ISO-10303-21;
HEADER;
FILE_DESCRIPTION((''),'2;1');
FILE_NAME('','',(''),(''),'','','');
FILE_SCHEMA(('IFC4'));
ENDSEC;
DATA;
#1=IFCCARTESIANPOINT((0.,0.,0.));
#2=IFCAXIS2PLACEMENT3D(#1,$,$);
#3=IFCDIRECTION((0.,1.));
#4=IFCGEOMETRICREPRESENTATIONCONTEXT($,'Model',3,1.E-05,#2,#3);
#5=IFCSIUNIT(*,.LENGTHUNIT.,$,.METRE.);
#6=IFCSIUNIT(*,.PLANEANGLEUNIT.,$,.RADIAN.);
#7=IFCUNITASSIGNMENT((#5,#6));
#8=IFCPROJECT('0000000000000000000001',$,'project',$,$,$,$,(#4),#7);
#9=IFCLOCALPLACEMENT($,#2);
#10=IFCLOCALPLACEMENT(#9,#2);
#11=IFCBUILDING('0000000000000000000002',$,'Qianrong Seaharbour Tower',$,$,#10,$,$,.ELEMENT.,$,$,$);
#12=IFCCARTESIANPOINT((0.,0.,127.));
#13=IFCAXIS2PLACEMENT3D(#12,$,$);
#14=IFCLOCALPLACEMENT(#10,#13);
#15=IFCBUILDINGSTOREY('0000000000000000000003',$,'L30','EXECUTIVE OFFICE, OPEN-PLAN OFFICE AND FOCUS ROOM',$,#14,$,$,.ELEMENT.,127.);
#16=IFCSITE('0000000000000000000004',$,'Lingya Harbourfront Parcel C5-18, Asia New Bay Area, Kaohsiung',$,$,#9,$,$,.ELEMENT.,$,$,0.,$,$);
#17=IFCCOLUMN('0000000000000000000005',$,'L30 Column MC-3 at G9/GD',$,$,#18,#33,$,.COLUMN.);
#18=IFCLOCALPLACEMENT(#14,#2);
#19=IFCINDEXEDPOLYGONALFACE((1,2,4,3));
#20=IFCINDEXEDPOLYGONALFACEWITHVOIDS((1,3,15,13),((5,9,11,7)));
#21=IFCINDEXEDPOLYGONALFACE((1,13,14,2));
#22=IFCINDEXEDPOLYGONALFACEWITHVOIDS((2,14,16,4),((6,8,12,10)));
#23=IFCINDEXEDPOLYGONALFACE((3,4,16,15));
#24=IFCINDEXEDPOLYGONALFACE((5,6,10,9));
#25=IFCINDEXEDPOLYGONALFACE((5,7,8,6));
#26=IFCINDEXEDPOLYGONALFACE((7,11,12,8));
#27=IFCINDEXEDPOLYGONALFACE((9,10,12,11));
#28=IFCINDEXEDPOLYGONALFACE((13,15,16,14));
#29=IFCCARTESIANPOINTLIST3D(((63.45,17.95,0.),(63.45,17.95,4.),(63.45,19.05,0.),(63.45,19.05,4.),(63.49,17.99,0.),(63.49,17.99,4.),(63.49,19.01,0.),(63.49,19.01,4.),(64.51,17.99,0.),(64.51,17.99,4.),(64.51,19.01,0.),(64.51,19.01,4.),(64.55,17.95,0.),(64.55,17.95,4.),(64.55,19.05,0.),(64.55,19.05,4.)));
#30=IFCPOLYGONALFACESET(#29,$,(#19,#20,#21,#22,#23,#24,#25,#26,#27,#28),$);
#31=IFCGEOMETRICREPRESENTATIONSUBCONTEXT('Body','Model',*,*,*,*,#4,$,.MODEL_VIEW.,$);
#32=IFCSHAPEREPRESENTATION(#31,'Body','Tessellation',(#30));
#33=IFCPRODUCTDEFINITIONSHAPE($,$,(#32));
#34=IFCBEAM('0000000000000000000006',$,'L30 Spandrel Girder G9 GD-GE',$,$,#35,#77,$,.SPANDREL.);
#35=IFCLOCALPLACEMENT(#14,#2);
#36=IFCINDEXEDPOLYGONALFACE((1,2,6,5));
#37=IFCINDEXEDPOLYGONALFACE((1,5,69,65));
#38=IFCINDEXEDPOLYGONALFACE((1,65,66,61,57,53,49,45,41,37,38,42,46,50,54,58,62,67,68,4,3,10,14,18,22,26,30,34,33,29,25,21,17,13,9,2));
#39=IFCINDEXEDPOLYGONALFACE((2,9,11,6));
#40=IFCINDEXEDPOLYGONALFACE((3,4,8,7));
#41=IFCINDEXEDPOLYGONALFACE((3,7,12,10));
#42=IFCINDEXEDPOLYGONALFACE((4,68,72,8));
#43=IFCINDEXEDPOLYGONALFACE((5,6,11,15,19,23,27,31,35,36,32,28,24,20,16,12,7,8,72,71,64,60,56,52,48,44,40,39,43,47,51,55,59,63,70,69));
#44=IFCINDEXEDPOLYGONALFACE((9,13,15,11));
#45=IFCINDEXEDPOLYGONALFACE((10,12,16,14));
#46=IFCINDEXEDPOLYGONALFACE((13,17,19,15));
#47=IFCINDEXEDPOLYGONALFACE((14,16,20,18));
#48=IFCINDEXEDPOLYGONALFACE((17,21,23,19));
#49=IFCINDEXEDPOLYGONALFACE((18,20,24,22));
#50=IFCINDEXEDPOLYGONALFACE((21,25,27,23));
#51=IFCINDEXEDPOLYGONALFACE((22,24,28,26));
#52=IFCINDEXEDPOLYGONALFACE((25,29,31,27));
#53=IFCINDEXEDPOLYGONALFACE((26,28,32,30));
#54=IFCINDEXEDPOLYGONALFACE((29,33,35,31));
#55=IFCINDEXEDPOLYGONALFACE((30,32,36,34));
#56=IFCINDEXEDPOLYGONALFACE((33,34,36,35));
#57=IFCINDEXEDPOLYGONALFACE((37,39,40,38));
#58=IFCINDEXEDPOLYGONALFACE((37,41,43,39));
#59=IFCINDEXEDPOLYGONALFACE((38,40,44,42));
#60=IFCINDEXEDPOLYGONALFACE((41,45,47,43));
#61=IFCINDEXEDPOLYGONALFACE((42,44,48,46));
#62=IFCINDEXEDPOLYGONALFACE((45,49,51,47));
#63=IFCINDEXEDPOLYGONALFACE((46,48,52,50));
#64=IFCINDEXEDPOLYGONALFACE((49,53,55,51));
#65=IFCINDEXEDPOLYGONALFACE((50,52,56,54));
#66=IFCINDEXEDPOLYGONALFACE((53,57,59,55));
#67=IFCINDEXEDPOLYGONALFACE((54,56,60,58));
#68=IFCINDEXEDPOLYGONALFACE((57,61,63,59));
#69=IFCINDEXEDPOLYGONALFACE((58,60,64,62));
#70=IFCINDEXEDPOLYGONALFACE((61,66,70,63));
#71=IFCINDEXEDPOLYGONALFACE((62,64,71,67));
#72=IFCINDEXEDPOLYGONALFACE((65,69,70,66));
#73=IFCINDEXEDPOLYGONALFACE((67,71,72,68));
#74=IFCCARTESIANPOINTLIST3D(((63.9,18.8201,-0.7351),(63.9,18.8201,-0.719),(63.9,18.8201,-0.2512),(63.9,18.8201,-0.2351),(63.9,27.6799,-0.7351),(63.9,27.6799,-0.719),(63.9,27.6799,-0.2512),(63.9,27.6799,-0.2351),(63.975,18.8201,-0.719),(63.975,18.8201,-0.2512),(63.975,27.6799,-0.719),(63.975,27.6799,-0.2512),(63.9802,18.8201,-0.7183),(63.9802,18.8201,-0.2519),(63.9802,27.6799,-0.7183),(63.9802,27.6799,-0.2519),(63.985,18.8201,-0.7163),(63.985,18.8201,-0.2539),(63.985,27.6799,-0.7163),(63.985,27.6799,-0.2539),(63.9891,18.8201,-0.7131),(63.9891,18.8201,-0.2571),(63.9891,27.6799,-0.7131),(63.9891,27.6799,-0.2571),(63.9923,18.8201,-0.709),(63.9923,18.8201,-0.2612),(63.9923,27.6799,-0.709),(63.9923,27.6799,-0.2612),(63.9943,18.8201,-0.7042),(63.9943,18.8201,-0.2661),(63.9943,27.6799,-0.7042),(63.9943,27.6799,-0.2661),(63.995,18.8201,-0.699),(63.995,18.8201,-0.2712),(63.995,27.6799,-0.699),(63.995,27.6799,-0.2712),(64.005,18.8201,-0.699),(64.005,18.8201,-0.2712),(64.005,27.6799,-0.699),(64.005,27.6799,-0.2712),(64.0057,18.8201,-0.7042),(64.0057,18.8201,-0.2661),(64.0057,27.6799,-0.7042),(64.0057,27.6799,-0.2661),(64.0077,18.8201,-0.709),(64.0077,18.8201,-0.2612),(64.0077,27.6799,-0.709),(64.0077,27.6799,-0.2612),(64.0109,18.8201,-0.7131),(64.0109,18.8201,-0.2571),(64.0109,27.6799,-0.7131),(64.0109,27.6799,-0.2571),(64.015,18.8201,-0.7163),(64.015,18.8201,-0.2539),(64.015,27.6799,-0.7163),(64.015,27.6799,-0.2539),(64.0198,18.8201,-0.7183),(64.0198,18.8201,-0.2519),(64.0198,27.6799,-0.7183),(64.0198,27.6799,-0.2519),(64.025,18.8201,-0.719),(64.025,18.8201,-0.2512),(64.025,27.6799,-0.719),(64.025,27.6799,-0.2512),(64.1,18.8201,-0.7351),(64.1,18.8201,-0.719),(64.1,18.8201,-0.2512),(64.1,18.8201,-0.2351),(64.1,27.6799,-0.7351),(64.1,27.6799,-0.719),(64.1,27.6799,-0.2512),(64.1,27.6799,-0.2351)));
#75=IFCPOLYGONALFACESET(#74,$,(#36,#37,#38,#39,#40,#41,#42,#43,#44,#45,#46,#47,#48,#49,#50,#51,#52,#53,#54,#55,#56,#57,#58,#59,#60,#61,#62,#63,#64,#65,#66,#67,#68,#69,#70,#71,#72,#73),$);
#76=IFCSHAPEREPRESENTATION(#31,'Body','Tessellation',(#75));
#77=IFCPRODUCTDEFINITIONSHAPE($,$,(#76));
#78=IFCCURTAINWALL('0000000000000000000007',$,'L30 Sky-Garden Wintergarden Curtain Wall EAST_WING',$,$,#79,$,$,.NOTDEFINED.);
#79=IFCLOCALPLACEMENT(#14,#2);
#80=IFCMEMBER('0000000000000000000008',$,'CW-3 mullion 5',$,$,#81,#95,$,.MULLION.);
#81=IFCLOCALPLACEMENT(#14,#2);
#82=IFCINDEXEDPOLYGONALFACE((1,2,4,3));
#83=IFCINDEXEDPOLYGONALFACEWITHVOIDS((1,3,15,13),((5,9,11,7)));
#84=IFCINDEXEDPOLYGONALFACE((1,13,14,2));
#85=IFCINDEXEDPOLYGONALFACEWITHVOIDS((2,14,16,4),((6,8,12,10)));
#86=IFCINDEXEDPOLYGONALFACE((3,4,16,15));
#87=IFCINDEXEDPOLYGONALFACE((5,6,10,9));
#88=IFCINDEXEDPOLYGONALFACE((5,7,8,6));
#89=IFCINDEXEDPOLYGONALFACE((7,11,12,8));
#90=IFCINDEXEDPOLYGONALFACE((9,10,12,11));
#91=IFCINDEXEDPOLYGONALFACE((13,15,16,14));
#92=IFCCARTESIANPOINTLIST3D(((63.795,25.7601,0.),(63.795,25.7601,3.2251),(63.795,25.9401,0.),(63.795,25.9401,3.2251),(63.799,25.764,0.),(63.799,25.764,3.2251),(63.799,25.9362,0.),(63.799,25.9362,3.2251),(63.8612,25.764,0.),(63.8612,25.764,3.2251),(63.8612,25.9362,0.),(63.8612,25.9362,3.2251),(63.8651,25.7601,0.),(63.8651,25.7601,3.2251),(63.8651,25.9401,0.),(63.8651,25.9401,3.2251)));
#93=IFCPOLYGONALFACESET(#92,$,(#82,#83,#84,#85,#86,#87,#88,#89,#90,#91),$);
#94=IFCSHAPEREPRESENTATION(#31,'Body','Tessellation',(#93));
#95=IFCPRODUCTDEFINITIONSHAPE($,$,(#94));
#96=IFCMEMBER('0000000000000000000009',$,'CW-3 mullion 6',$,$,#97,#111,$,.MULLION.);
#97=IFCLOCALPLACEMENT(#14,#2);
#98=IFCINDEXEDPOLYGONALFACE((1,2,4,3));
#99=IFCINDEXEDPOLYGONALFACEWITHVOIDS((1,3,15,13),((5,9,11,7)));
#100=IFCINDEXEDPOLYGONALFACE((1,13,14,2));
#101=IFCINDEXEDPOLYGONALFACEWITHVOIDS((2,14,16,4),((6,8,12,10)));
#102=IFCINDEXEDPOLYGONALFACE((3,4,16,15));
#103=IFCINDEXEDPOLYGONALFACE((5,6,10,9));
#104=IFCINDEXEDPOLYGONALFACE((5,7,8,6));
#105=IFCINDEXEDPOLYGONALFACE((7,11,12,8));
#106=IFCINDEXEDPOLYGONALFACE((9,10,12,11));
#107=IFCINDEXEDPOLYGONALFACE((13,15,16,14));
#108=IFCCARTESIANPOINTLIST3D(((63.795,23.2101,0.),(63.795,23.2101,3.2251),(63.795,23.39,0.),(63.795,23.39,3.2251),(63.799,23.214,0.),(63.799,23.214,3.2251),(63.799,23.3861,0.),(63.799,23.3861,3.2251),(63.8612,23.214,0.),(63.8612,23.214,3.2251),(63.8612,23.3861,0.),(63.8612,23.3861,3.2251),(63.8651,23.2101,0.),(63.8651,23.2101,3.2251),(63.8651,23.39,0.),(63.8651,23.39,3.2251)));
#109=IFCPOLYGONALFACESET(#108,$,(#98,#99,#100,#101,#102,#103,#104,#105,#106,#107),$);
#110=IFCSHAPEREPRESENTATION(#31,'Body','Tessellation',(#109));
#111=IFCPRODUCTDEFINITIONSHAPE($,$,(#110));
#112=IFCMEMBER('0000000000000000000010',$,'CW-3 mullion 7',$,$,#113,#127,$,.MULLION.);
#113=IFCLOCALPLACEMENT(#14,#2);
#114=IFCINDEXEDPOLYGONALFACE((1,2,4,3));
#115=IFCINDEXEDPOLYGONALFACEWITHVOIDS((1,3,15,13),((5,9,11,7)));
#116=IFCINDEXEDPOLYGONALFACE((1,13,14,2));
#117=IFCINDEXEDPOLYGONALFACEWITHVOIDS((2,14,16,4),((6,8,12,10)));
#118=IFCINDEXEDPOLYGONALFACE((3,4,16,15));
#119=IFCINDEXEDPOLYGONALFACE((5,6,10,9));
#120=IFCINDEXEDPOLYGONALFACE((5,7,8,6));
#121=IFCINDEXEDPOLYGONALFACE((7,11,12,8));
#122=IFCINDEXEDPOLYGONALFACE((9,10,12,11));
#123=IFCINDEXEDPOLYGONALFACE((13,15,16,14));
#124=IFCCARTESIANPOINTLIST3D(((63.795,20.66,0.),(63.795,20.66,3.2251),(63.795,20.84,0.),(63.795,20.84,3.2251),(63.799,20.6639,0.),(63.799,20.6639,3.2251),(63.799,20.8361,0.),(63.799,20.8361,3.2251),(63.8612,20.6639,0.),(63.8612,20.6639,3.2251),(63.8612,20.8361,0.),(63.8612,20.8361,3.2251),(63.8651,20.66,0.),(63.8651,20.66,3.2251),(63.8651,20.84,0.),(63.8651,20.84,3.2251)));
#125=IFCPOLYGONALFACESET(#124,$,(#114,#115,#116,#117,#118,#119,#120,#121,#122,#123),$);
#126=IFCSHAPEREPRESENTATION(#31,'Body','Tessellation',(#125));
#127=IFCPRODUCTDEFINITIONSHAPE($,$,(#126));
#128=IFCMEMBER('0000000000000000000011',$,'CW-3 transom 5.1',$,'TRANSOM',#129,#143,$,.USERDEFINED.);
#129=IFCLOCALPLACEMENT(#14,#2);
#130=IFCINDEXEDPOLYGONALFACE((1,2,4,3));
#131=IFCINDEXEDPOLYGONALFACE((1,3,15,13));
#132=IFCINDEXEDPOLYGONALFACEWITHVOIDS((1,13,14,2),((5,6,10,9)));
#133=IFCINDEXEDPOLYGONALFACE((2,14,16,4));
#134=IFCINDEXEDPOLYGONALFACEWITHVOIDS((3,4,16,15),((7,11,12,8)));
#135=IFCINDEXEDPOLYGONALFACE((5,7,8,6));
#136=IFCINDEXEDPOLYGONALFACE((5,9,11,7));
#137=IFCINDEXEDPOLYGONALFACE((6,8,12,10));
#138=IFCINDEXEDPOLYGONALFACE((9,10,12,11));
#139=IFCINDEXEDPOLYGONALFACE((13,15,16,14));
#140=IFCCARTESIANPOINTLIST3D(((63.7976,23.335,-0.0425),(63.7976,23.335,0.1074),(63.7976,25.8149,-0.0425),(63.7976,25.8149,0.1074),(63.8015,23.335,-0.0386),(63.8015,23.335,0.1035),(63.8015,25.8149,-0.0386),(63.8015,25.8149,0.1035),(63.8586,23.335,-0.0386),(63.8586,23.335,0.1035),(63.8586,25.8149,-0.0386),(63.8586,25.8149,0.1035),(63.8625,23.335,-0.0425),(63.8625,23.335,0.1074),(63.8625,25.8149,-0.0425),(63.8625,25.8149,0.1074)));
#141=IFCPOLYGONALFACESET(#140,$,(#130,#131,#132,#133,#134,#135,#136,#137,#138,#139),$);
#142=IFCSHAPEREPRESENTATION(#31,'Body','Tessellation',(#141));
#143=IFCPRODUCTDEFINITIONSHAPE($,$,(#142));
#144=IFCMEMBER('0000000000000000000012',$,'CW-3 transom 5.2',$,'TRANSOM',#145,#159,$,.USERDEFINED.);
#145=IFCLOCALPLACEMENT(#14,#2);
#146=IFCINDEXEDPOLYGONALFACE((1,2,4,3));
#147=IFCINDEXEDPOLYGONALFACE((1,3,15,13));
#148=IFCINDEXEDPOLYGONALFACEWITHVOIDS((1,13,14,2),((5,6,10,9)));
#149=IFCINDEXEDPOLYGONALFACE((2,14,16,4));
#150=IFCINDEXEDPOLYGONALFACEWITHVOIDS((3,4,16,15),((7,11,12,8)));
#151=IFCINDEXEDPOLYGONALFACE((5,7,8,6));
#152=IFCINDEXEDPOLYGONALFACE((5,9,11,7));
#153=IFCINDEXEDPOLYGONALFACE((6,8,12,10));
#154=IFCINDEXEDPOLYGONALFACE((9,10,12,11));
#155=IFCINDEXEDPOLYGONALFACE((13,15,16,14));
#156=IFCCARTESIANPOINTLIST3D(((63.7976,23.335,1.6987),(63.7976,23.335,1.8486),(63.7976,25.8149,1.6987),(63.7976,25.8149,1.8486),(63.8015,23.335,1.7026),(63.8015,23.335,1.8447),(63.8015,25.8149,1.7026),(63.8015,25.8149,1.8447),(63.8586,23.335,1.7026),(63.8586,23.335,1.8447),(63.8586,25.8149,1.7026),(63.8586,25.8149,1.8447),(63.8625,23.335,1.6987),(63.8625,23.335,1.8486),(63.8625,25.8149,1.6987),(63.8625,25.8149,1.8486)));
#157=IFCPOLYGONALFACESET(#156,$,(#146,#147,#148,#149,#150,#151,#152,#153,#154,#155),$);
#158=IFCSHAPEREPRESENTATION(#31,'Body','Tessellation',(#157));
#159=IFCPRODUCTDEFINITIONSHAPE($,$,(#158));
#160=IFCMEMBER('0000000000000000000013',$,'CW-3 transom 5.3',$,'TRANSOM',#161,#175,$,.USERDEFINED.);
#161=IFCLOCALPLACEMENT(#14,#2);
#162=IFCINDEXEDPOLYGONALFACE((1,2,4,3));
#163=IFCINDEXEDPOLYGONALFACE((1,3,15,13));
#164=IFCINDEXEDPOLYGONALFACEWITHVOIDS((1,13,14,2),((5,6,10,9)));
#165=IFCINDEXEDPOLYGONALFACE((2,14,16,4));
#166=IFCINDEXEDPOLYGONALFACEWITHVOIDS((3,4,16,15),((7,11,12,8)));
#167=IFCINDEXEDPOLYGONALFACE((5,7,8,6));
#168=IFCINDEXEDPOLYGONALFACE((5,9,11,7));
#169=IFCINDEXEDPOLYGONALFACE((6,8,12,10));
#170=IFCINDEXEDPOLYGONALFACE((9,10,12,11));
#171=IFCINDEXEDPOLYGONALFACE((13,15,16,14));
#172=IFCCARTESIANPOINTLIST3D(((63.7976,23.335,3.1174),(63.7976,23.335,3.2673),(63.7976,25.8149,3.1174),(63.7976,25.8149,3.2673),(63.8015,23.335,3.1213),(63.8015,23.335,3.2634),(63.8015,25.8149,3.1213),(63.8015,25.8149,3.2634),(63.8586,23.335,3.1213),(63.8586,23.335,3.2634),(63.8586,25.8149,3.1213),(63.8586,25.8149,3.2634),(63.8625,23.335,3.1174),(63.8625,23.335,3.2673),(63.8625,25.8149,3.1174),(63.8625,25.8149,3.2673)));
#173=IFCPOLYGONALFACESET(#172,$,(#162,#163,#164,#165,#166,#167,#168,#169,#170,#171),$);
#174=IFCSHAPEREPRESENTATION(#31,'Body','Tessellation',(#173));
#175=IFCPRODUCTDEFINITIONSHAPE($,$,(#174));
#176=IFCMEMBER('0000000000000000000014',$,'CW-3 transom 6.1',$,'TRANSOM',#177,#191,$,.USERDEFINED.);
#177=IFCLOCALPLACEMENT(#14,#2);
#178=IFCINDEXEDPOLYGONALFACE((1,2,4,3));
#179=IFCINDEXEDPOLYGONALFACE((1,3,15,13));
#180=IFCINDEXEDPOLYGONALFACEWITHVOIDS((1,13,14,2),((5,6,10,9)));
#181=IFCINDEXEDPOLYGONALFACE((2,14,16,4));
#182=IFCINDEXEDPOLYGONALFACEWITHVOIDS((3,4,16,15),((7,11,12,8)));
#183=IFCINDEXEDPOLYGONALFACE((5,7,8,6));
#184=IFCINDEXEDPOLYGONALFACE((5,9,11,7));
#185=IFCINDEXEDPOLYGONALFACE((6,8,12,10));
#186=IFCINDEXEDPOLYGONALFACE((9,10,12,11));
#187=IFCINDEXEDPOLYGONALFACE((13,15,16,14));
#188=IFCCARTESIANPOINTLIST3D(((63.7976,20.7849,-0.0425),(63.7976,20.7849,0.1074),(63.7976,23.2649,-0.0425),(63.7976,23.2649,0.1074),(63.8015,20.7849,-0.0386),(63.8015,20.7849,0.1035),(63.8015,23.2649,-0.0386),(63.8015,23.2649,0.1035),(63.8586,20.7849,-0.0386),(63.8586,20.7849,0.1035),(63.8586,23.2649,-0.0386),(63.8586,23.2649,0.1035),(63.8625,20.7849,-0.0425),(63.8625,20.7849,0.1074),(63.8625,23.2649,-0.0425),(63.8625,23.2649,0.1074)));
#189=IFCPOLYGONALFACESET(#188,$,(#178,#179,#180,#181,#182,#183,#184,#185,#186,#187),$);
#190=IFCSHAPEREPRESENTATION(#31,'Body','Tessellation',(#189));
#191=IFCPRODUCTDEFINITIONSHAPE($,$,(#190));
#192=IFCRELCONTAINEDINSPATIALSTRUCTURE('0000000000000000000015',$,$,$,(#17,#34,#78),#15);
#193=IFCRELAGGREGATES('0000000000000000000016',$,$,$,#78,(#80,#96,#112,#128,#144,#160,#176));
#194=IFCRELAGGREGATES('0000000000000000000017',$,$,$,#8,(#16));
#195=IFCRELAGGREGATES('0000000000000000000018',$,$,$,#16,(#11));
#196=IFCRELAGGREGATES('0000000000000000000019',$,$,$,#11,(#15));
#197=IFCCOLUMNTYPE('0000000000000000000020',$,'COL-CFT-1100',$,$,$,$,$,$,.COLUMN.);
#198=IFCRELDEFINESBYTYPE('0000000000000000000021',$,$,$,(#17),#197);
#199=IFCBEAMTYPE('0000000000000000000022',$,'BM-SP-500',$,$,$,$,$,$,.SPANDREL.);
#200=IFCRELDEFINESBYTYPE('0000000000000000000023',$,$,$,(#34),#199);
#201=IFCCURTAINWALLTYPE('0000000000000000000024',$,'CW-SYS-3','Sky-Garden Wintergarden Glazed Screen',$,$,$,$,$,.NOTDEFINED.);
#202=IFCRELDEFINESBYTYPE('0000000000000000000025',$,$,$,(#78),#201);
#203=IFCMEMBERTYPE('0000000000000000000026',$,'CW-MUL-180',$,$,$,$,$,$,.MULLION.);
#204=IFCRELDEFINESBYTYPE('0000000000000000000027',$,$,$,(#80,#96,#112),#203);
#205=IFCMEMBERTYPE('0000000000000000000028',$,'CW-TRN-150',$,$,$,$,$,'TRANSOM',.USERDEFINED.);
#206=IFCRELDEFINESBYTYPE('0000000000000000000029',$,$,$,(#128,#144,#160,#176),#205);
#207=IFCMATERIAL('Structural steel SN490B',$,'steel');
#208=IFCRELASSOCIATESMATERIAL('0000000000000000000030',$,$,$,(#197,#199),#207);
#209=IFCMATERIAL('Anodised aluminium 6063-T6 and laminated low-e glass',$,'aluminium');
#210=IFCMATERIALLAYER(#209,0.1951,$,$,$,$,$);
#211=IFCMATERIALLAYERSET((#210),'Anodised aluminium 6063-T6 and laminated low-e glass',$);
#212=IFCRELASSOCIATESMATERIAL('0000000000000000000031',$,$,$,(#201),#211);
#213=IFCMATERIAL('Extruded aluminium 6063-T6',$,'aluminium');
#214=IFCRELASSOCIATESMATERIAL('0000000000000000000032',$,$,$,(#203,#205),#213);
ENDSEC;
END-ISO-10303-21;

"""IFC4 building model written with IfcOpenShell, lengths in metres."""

from ifc_helpers import new_model, si_unit, direction, frame, origin, origin_2d, place, context, subcontext, project, spatial, hollow_rectangle, i_section, extrude, material, layer, layer_set, material_profile, profile_set, type_object, element, aggregate, save


model = new_model("IFC4")

# Units and contexts
model_context = context("Model", 3, precision=1e-05, world=origin(), true_north=direction((0.0, 1.0)))
body_context = subcontext(model_context, "Body", "Model", "MODEL_VIEW")
ifc_project = project(units=[si_unit("LENGTHUNIT", "METRE"), si_unit("PLANEANGLEUNIT", "RADIAN")], contexts=[model_context])

# Site, building, storey
site_placement = place(None, origin())
site = spatial("IfcSite", under=ifc_project, at=site_placement, Name="Lingya Harbourfront Parcel C5-18, Asia New Bay Area, Kaohsiung", CompositionType="ELEMENT", RefElevation=0.0)
building_placement = place(site_placement, origin())
building = spatial("IfcBuilding", under=site, at=building_placement, Name="Qianrong Seaharbour Tower", CompositionType="ELEMENT")
storey_placement = place(building_placement, frame((0.0, 0.0, 127.0)))
storey = spatial("IfcBuildingStorey", under=building, at=storey_placement, Name="L30", Description="EXECUTIVE OFFICE, OPEN-PLAN OFFICE AND FOCUS ROOM", CompositionType="ELEMENT", Elevation=127.0)

# Column
ifc_material_1 = material(Name="Structural steel SN490B", Category="steel")
ifc_material_profile_1 = material_profile(ifc_material_1, hollow_rectangle(XDim=1.1001, YDim=1.1001, WallThickness=0.04, at=origin_2d()), Name="BOX1100x1100x40")
ifc_profile_set_1 = profile_set([ifc_material_profile_1], Name="Structural steel SN490B")
column_type = type_object("IfcColumnType", Name="COL-CFT-1100", PredefinedType="COLUMN", material=ifc_profile_set_1)
column_placement = place(storey_placement, frame((64.0, 18.5, 0.0), z_axis=(0.0, 0.0, 1.0), x_axis=(1.0, 0.0, 0.0)))
element("IfcColumn", 1, at=column_placement, inside=storey, type_object=column_type, Name="L30 Column MC-3 at G9/GD", PredefinedType="COLUMN", context=body_context, shape_type="SweptSolid", body=[
    extrude(hollow_rectangle(XDim=1.1001, YDim=1.1001, WallThickness=0.04, at=origin_2d()), origin(), (0.0, 0.0, 1.0), 4.0),
])

# Beam
ifc_material_profile_2 = material_profile(ifc_material_1, i_section(OverallWidth=0.2, OverallDepth=0.5, WebThickness=0.01, FlangeThickness=0.0161, FilletRadius=0.02, at=origin_2d()), Name="H500x200x10x16")
ifc_profile_set_2 = profile_set([ifc_material_profile_2], Name="Structural steel SN490B")
beam_type = type_object("IfcBeamType", Name="BM-SP-500", PredefinedType="SPANDREL", material=ifc_profile_set_2)
beam_placement = place(storey_placement, frame((64.0, 18.8201, -0.4851), z_axis=(0.0, 1.0, 0.0), x_axis=(-1.0, 0.0, 0.0)))
element("IfcBeam", 2, at=beam_placement, inside=storey, type_object=beam_type, Name="L30 Spandrel Girder G9 GD-GE", PredefinedType="SPANDREL", context=body_context, shape_type="SweptSolid", body=[
    extrude(i_section(OverallWidth=0.2, OverallDepth=0.5, WebThickness=0.01, FlangeThickness=0.0161, FilletRadius=0.02, at=origin_2d()), origin(), (0.0, 0.0, 1.0), 8.8599),
])

# Curtain wall, members
ifc_material_2 = material(Name="Anodised aluminium 6063-T6 and laminated low-e glass", Category="aluminium")
ifc_layer_1 = layer(ifc_material_2, 0.1951)
ifc_layer_set_1 = layer_set([ifc_layer_1], Name="Anodised aluminium 6063-T6 and laminated low-e glass")
curtain_wall_type = type_object("IfcCurtainWallType", Name="CW-SYS-3", Description="Sky-Garden Wintergarden Glazed Screen", PredefinedType="NOTDEFINED", material=ifc_layer_set_1)
curtain_wall_placement = place(storey_placement, origin())
curtain_wall = element("IfcCurtainWall", 3, at=curtain_wall_placement, inside=storey, type_object=curtain_wall_type, Name="L30 Sky-Garden Wintergarden Curtain Wall EAST_WING", PredefinedType="NOTDEFINED")
ifc_material_3 = material(Name="Extruded aluminium 6063-T6", Category="aluminium")
ifc_material_profile_3 = material_profile(ifc_material_3, hollow_rectangle(XDim=0.0701, YDim=0.1799, WallThickness=0.0039, at=origin_2d()), Name="ALU-MUL-180x70x4")
ifc_profile_set_3 = profile_set([ifc_material_profile_3], Name="Extruded aluminium 6063-T6")
member_type_1 = type_object("IfcMemberType", Name="CW-MUL-180", PredefinedType="MULLION", material=ifc_profile_set_3)
member_1_placement = place(storey_placement, frame((63.8301, 25.8501, 0.0), z_axis=(0.0, 0.0, 1.0), x_axis=(1.0, 0.0, 0.0)))
member_1 = element("IfcMember", 4, at=member_1_placement, type_object=member_type_1, Name="CW-3 mullion 5", PredefinedType="MULLION", context=body_context, shape_type="SweptSolid", body=[
    extrude(hollow_rectangle(XDim=0.0701, YDim=0.1799, WallThickness=0.0039, at=origin_2d()), origin(), (0.0, 0.0, 1.0), 3.2251),
])
member_2_placement = place(storey_placement, frame((63.8301, 23.3, 0.0), z_axis=(0.0, 0.0, 1.0), x_axis=(1.0, 0.0, 0.0)))
member_2 = element("IfcMember", 5, at=member_2_placement, type_object=member_type_1, Name="CW-3 mullion 6", PredefinedType="MULLION", context=body_context, shape_type="SweptSolid", body=[
    extrude(hollow_rectangle(XDim=0.0701, YDim=0.1799, WallThickness=0.0039, at=origin_2d()), origin(), (0.0, 0.0, 1.0), 3.2251),
])
member_3_placement = place(storey_placement, frame((63.8301, 20.75, 0.0), z_axis=(0.0, 0.0, 1.0), x_axis=(1.0, 0.0, 0.0)))
member_3 = element("IfcMember", 6, at=member_3_placement, type_object=member_type_1, Name="CW-3 mullion 7", PredefinedType="MULLION", context=body_context, shape_type="SweptSolid", body=[
    extrude(hollow_rectangle(XDim=0.0701, YDim=0.1799, WallThickness=0.0039, at=origin_2d()), origin(), (0.0, 0.0, 1.0), 3.2251),
])
ifc_material_profile_4 = material_profile(ifc_material_3, hollow_rectangle(XDim=0.0649, YDim=0.1499, WallThickness=0.0039, at=origin_2d()), Name="ALU-TRN-150x65x4")
ifc_profile_set_4 = profile_set([ifc_material_profile_4], Name="Extruded aluminium 6063-T6")
member_type_2 = type_object("IfcMemberType", Name="CW-TRN-150", ElementType="TRANSOM", PredefinedType="USERDEFINED", material=ifc_profile_set_4)
member_4_placement = place(storey_placement, frame((63.8301, 25.8149, 0.0325), z_axis=(0.0, -1.0, 0.0), x_axis=(1.0, 0.0, 0.0)))
member_4 = element("IfcMember", 7, at=member_4_placement, type_object=member_type_2, Name="CW-3 transom 5.1", ObjectType="TRANSOM", PredefinedType="USERDEFINED", context=body_context, shape_type="SweptSolid", body=[
    extrude(hollow_rectangle(XDim=0.0649, YDim=0.1499, WallThickness=0.0039, at=origin_2d()), origin(), (0.0, 0.0, 1.0), 2.48),
])
member_5_placement = place(storey_placement, frame((63.8301, 25.8149, 1.7737), z_axis=(0.0, -1.0, 0.0), x_axis=(1.0, 0.0, 0.0)))
member_5 = element("IfcMember", 8, at=member_5_placement, type_object=member_type_2, Name="CW-3 transom 5.2", ObjectType="TRANSOM", PredefinedType="USERDEFINED", context=body_context, shape_type="SweptSolid", body=[
    extrude(hollow_rectangle(XDim=0.0649, YDim=0.1499, WallThickness=0.0039, at=origin_2d()), origin(), (0.0, 0.0, 1.0), 2.48),
])
member_6_placement = place(storey_placement, frame((63.8301, 25.8149, 3.1924), z_axis=(0.0, -1.0, 0.0), x_axis=(1.0, 0.0, 0.0)))
member_6 = element("IfcMember", 9, at=member_6_placement, type_object=member_type_2, Name="CW-3 transom 5.3", ObjectType="TRANSOM", PredefinedType="USERDEFINED", context=body_context, shape_type="SweptSolid", body=[
    extrude(hollow_rectangle(XDim=0.0649, YDim=0.1499, WallThickness=0.0039, at=origin_2d()), origin(), (0.0, 0.0, 1.0), 2.48),
])
member_7_placement = place(storey_placement, frame((63.8301, 23.2649, 0.0325), z_axis=(0.0, -1.0, 0.0), x_axis=(1.0, 0.0, 0.0)))
member_7 = element("IfcMember", 10, at=member_7_placement, type_object=member_type_2, Name="CW-3 transom 6.1", ObjectType="TRANSOM", PredefinedType="USERDEFINED", context=body_context, shape_type="SweptSolid", body=[
    extrude(hollow_rectangle(XDim=0.0649, YDim=0.1499, WallThickness=0.0039, at=origin_2d()), origin(), (0.0, 0.0, 1.0), 2.48),
])
aggregate(curtain_wall, [member_1, member_2, member_3, member_4, member_5, member_6, member_7])

save(model, "model.ifc")
